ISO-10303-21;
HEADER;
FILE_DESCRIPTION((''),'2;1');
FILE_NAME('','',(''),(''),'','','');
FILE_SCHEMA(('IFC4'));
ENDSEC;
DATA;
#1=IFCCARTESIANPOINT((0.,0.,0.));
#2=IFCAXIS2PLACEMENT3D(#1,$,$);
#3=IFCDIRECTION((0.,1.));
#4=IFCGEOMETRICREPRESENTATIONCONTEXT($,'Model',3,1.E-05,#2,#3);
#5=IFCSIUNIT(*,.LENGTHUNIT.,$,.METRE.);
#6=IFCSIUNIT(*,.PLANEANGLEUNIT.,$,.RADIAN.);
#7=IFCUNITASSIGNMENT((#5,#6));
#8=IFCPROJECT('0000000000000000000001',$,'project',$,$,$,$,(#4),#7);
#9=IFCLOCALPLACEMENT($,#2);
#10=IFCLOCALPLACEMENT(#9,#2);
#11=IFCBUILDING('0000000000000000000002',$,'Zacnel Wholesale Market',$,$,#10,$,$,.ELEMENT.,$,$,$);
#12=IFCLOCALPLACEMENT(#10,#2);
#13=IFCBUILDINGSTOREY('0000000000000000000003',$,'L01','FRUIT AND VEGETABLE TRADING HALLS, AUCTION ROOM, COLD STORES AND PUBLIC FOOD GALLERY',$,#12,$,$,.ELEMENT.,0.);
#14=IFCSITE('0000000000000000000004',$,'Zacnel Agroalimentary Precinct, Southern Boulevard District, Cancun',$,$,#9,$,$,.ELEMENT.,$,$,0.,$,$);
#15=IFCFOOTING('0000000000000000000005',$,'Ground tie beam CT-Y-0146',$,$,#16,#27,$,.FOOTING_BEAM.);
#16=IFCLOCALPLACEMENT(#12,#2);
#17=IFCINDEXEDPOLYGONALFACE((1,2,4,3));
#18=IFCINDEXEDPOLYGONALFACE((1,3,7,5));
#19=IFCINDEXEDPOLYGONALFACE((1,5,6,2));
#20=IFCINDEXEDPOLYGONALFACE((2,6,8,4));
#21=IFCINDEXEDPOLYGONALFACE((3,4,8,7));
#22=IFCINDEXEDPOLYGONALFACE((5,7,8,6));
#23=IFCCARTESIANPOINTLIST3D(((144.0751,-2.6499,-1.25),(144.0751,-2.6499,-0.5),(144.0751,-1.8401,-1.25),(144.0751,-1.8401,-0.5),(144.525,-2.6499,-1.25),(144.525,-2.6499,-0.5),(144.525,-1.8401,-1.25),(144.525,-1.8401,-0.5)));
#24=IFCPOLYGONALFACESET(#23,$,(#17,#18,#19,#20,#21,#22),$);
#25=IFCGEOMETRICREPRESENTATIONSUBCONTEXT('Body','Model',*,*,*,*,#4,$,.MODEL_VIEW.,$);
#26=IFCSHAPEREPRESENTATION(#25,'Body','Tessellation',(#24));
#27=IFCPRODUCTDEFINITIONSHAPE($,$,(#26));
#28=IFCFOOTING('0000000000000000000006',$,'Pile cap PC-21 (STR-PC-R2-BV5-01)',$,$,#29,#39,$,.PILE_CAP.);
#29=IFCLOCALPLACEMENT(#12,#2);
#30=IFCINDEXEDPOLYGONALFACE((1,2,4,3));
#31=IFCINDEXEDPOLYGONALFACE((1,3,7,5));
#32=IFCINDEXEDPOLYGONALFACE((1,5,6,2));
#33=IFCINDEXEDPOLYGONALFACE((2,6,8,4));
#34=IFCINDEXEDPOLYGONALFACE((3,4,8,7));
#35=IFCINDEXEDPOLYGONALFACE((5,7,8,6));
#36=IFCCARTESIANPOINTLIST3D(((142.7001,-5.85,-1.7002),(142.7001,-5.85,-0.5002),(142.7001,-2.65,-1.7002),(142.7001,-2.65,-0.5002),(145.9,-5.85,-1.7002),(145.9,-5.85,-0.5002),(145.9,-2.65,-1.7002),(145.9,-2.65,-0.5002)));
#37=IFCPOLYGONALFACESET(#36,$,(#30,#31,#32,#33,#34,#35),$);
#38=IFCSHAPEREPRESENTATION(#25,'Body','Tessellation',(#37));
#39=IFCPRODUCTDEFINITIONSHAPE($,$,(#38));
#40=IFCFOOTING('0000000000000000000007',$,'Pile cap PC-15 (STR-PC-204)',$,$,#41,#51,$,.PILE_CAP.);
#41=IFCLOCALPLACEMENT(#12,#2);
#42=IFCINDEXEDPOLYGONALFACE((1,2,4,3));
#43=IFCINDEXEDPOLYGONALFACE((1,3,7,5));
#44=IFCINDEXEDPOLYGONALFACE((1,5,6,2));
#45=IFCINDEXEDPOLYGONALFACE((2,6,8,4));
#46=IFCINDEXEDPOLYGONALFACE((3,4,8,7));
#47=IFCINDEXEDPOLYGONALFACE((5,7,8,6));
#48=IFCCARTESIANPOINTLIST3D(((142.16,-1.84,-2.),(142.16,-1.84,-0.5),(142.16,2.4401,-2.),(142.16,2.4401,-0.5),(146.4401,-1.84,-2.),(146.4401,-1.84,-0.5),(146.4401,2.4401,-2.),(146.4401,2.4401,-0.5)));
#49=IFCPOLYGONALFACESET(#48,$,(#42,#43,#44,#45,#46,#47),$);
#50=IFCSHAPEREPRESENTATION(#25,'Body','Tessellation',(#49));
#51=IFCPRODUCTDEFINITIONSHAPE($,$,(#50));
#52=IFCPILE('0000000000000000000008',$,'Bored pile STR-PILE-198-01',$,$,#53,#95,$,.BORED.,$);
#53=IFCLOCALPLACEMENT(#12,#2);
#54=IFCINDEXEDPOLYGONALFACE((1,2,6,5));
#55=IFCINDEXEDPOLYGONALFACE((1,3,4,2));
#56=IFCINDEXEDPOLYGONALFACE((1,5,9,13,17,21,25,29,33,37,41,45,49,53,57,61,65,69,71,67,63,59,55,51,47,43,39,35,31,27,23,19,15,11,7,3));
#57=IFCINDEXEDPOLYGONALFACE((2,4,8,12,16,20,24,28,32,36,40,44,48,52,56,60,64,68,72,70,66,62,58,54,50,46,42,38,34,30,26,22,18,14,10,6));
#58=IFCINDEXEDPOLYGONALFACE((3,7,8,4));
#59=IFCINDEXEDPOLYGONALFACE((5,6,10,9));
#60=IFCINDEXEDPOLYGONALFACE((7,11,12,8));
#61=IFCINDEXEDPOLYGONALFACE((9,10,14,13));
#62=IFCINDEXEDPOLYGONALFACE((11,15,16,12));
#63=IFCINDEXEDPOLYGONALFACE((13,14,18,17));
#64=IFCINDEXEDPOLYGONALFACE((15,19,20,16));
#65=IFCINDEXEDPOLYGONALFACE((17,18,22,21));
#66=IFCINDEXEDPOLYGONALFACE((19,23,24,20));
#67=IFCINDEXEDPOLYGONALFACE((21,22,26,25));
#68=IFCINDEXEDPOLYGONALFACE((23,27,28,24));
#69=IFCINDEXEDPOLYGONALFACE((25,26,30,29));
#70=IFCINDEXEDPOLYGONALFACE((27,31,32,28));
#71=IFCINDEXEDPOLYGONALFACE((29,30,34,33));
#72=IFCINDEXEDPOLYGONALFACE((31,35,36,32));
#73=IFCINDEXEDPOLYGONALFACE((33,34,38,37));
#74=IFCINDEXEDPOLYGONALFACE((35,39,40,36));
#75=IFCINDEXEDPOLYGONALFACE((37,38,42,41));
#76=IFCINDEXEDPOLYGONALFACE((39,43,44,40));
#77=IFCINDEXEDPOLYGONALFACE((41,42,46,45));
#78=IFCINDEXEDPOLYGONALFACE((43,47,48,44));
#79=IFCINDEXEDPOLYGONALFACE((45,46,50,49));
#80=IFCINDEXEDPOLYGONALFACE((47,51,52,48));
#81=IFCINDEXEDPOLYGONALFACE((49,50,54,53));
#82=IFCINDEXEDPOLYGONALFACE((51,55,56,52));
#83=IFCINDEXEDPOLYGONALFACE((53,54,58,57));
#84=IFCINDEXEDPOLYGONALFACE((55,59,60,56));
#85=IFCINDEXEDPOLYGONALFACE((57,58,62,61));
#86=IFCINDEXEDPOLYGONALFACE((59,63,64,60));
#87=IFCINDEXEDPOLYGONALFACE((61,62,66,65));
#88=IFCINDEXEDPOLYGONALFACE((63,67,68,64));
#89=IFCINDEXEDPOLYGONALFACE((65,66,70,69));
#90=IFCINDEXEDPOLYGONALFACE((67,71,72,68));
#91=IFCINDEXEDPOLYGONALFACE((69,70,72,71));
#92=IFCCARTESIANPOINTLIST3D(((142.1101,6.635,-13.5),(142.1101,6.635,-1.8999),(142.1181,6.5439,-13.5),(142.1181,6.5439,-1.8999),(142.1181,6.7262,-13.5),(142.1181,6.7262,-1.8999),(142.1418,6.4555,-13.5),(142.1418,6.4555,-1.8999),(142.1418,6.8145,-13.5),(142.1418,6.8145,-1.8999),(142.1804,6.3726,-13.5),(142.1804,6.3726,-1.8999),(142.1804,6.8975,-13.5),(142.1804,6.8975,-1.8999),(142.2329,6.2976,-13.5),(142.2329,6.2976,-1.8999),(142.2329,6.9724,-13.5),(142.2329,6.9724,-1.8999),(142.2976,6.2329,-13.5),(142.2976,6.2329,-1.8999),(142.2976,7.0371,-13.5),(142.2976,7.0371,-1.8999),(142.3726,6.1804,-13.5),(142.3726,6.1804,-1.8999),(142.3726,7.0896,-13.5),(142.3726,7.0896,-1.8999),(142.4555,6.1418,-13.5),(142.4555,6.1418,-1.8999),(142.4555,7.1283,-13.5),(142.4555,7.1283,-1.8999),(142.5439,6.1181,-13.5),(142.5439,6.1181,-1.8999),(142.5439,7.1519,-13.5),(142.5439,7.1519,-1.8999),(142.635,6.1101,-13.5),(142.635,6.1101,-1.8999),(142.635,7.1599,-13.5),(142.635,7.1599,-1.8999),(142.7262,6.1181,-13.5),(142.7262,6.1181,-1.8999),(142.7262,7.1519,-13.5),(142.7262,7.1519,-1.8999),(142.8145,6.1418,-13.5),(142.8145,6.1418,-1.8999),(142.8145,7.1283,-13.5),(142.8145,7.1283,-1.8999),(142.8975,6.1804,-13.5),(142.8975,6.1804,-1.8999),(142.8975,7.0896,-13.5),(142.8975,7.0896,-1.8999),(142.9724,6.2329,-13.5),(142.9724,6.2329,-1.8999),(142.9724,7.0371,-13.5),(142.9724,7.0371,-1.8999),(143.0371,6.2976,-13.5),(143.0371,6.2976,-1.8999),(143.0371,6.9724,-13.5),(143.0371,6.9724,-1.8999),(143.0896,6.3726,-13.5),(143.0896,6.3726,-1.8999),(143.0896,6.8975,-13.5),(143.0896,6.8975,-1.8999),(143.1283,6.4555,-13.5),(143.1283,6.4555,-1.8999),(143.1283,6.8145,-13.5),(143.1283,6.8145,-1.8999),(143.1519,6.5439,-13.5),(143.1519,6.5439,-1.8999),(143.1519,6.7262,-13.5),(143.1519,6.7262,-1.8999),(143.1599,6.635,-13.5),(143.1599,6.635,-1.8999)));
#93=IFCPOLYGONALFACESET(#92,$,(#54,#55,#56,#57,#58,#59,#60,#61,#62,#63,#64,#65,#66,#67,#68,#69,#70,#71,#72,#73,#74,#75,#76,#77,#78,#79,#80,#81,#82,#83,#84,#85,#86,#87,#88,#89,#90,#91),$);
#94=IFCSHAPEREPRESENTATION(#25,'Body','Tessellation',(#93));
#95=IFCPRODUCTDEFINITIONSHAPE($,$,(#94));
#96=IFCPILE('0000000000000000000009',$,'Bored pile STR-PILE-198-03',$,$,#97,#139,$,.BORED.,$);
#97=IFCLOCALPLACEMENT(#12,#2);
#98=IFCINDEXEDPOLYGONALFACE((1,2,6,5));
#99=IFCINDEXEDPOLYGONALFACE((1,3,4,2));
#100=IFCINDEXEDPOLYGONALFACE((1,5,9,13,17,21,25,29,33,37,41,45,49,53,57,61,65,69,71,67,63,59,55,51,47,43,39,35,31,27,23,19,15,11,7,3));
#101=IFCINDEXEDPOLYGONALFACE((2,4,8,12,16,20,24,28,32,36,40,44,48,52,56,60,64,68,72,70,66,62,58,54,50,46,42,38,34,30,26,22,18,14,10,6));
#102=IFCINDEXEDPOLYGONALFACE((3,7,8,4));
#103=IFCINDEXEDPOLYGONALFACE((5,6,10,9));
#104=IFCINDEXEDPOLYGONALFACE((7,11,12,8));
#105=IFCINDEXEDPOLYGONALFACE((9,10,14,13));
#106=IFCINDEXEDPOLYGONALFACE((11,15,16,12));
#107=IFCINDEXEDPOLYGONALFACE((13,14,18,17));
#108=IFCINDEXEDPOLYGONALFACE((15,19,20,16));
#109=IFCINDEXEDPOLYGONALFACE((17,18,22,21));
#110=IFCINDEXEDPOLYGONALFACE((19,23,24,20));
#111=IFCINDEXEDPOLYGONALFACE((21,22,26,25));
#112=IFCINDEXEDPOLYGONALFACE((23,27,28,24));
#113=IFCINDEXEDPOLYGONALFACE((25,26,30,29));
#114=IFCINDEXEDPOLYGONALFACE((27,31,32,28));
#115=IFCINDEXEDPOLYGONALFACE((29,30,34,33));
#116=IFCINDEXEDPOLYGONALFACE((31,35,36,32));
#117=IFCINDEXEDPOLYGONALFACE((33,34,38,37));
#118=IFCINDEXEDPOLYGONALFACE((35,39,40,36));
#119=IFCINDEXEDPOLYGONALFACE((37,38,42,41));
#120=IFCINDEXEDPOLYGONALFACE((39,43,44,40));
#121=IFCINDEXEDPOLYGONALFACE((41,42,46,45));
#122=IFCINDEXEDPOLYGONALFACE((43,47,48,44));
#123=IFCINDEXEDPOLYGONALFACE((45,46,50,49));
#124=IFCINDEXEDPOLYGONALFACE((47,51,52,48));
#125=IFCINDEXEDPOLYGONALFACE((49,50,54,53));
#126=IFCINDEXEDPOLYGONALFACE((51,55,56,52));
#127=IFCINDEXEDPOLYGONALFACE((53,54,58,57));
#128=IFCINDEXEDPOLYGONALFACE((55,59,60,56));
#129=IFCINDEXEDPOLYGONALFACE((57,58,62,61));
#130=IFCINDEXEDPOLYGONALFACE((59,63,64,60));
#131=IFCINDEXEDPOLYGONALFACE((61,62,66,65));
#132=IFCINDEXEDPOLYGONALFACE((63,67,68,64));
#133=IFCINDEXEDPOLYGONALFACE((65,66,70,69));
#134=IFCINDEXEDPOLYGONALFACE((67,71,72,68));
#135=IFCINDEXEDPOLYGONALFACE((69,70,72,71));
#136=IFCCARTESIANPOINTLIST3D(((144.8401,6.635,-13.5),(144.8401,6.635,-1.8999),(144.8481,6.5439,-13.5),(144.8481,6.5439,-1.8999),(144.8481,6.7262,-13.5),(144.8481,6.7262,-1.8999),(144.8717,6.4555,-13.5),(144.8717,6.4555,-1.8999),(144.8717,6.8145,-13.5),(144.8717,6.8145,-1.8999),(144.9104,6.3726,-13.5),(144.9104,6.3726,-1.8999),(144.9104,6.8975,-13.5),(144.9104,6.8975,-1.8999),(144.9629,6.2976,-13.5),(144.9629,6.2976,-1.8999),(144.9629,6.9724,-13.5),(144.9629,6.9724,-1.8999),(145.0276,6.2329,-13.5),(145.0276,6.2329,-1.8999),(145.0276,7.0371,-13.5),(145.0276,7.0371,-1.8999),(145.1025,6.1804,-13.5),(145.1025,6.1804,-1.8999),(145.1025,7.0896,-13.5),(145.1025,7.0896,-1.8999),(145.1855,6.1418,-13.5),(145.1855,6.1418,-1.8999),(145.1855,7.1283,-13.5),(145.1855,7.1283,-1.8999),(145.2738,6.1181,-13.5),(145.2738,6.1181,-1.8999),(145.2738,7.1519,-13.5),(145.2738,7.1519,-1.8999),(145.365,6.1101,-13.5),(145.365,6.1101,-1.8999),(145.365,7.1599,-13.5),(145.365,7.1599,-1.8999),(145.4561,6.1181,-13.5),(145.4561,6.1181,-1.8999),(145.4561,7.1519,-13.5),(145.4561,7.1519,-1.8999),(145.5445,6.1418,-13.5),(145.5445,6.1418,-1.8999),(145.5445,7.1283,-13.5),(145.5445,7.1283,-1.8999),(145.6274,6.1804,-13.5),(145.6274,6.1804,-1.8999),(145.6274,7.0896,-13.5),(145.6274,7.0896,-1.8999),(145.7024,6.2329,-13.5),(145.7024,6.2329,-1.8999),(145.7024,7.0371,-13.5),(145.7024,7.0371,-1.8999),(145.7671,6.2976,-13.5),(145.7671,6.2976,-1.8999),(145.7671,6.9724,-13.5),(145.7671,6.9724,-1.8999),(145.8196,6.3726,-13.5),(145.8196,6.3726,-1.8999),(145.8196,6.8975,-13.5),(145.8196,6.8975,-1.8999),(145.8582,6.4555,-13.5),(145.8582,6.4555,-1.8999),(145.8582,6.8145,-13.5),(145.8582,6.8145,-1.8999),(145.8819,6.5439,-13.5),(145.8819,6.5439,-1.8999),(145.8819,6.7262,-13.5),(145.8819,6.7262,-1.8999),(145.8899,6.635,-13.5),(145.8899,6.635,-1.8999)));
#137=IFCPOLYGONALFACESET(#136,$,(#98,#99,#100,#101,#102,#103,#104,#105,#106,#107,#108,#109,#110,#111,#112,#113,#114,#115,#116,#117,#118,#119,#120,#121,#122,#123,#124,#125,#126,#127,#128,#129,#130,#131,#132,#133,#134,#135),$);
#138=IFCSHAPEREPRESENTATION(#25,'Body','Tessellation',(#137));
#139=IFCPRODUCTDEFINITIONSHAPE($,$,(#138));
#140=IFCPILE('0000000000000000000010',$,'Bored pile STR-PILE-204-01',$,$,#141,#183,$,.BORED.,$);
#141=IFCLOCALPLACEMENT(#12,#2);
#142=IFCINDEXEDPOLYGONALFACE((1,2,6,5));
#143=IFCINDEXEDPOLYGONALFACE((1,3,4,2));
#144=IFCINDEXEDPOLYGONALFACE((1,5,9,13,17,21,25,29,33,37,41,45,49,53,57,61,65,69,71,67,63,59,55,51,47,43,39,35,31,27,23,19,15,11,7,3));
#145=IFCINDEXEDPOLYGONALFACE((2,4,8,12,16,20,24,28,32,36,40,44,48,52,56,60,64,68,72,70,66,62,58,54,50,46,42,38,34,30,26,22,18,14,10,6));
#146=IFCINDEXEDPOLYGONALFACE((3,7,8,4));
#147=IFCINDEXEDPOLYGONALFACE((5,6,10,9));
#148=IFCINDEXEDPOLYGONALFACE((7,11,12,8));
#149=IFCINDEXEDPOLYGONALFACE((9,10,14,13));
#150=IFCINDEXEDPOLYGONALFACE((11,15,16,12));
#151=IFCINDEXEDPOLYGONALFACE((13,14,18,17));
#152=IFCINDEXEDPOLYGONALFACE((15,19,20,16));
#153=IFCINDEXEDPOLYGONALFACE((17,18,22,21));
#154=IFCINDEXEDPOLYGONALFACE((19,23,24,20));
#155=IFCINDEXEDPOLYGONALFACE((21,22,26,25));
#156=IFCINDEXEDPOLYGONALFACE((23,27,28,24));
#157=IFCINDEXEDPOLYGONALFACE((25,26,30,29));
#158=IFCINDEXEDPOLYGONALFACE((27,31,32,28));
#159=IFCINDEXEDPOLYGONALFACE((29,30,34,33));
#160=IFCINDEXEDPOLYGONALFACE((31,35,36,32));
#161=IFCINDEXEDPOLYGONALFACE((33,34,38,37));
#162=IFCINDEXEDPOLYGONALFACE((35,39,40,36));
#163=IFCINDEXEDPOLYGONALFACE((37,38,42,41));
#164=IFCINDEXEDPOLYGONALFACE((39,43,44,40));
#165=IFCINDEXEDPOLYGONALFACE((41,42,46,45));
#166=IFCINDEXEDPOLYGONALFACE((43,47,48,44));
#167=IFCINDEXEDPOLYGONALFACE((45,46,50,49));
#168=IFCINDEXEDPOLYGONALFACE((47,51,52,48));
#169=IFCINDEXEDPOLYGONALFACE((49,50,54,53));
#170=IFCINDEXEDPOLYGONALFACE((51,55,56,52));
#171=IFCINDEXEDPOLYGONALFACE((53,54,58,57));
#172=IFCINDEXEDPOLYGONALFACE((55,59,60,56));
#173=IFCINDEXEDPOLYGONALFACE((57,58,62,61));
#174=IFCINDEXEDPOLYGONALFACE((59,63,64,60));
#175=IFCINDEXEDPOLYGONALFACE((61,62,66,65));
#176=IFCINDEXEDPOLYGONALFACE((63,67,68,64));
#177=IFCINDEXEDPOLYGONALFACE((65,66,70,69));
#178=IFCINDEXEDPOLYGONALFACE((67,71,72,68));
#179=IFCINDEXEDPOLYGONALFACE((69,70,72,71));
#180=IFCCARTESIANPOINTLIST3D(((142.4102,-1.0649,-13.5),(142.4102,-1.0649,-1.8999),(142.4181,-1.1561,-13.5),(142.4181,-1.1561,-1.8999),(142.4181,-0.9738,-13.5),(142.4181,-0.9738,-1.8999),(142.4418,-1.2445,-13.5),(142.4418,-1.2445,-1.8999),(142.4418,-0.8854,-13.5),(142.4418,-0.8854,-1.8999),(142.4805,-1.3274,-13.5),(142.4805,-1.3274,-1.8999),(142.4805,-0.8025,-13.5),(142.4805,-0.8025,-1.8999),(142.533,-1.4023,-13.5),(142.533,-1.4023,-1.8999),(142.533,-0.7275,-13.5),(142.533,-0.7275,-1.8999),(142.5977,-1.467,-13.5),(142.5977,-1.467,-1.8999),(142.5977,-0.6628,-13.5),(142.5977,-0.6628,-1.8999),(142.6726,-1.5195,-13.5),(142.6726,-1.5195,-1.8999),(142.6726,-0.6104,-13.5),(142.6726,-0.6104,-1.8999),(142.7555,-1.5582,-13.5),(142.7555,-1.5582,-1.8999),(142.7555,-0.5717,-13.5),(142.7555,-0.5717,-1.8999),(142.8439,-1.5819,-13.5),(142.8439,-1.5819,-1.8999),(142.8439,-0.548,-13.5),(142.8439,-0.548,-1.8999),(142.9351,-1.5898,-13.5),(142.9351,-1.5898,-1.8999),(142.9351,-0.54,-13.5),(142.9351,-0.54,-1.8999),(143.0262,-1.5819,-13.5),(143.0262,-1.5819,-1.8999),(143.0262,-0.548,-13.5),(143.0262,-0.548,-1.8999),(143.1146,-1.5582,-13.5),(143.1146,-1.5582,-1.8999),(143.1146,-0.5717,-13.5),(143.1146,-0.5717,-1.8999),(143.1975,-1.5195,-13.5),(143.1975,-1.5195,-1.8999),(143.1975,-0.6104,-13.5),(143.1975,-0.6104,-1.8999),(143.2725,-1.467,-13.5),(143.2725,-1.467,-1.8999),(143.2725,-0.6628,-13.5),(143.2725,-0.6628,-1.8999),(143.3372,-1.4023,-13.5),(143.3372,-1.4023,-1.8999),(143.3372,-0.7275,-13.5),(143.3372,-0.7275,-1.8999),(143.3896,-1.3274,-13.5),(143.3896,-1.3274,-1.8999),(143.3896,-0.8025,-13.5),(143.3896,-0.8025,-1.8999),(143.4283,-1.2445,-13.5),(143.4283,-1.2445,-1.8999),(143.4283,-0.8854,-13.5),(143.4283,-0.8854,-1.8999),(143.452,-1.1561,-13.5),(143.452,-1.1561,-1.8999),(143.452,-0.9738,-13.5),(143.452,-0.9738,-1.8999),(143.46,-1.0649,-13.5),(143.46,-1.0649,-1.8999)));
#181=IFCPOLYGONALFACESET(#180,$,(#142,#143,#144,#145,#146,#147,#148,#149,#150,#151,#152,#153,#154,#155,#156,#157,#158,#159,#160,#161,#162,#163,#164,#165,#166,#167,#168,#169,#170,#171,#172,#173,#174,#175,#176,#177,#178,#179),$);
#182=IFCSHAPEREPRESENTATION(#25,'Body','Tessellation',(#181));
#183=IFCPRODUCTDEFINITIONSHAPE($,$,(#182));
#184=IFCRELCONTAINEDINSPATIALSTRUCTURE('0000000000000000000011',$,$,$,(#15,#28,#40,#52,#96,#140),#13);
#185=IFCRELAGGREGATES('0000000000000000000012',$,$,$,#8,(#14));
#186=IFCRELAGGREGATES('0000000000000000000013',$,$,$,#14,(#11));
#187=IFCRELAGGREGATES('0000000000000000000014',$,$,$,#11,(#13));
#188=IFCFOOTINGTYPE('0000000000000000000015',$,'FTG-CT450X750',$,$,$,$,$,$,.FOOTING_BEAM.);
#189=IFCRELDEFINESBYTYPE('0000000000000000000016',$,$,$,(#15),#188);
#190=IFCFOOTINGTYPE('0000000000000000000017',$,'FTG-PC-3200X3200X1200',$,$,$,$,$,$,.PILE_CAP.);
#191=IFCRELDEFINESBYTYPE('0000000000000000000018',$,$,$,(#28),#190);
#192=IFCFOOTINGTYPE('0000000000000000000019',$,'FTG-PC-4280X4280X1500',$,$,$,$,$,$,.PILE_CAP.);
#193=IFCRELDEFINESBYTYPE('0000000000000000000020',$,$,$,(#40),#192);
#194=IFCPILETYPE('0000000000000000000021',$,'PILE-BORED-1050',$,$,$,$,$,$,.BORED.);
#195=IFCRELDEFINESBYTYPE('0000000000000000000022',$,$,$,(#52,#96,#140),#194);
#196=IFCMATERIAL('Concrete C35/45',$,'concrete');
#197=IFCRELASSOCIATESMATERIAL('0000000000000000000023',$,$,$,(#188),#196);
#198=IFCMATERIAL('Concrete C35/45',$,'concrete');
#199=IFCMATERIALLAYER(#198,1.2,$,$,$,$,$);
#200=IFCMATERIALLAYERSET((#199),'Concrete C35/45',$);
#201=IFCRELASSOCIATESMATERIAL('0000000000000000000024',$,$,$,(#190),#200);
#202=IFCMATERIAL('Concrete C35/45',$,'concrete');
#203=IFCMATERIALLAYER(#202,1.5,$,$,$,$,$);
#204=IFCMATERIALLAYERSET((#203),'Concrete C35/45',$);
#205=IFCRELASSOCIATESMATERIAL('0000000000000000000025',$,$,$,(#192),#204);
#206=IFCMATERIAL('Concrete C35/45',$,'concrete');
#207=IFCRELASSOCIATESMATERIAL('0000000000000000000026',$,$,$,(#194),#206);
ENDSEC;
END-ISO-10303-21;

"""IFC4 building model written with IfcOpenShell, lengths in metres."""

from ifc_helpers import new_model, si_unit, direction, frame, origin, origin_2d, place, context, subcontext, project, spatial, rectangle, circle, extrude, material, layer, layer_set, material_profile, profile_set, type_object, element, save


model = new_model("IFC4")

# Units and contexts
model_context = context("Model", 3, precision=1e-05, world=origin(), true_north=direction((0.0, 1.0)))
body_context = subcontext(model_context, "Body", "Model", "MODEL_VIEW")
ifc_project = project(units=[si_unit("LENGTHUNIT", "METRE"), si_unit("PLANEANGLEUNIT", "RADIAN")], contexts=[model_context])

# Site, building, storey
site_placement = place(None, origin())
site = spatial("IfcSite", under=ifc_project, at=site_placement, Name="Zacnel Agroalimentary Precinct, Southern Boulevard District, Cancun", CompositionType="ELEMENT", RefElevation=0.0)
building_placement = place(site_placement, origin())
building = spatial("IfcBuilding", under=site, at=building_placement, Name="Zacnel Wholesale Market", CompositionType="ELEMENT")
storey_placement = place(building_placement, origin())
storey = spatial("IfcBuildingStorey", under=building, at=storey_placement, Name="L01", Description="FRUIT AND VEGETABLE TRADING HALLS, AUCTION ROOM, COLD STORES AND PUBLIC FOOD GALLERY", CompositionType="ELEMENT", Elevation=0.0)

# Footings
ifc_material_1 = material(Name="Concrete C35/45", Category="concrete")
ifc_material_profile_1 = material_profile(ifc_material_1, rectangle(XDim=0.45, YDim=0.75, at=origin_2d()), Name="CT 450x750")
ifc_profile_set_1 = profile_set([ifc_material_profile_1], Name="Concrete C35/45")
footing_type_1 = type_object("IfcFootingType", Name="FTG-CT450X750", PredefinedType="FOOTING_BEAM", material=ifc_profile_set_1)
footing_1_placement = place(storey_placement, frame((144.3, -2.6499, -0.875), z_axis=(0.0, 1.0, 0.0), x_axis=(-1.0, 0.0, 0.0)))
element("IfcFooting", 1, at=footing_1_placement, inside=storey, type_object=footing_type_1, Name="Ground tie beam CT-Y-0146", PredefinedType="FOOTING_BEAM", context=body_context, shape_type="SweptSolid", body=[
    extrude(rectangle(XDim=0.45, YDim=0.75, at=origin_2d()), origin(), (0.0, 0.0, 1.0), 0.8098),
])
ifc_material_2 = material(Name="Concrete C35/45", Category="concrete")
ifc_layer_1 = layer(ifc_material_2, 1.2)
ifc_layer_set_1 = layer_set([ifc_layer_1], Name="Concrete C35/45")
footing_type_2 = type_object("IfcFootingType", Name="FTG-PC-3200X3200X1200", PredefinedType="PILE_CAP", material=ifc_layer_set_1)
footing_2_placement = place(storey_placement, frame((144.3, -4.25, -1.7002), z_axis=(0.0, 0.0, 1.0), x_axis=(1.0, 0.0, 0.0)))
element("IfcFooting", 2, at=footing_2_placement, inside=storey, type_object=footing_type_2, Name="Pile cap PC-21 (STR-PC-R2-BV5-01)", PredefinedType="PILE_CAP", context=body_context, shape_type="SweptSolid", body=[
    extrude(rectangle(XDim=3.2, YDim=3.2, at=origin_2d()), origin(), (0.0, 0.0, 1.0), 1.2),
])
ifc_material_3 = material(Name="Concrete C35/45", Category="concrete")
ifc_layer_2 = layer(ifc_material_3, 1.5)
ifc_layer_set_2 = layer_set([ifc_layer_2], Name="Concrete C35/45")
footing_type_3 = type_object("IfcFootingType", Name="FTG-PC-4280X4280X1500", PredefinedType="PILE_CAP", material=ifc_layer_set_2)
footing_3_placement = place(storey_placement, frame((144.3, 0.3, -2.0), z_axis=(0.0, 0.0, 1.0), x_axis=(1.0, 0.0, 0.0)))
element("IfcFooting", 3, at=footing_3_placement, inside=storey, type_object=footing_type_3, Name="Pile cap PC-15 (STR-PC-204)", PredefinedType="PILE_CAP", context=body_context, shape_type="SweptSolid", body=[
    extrude(rectangle(XDim=4.28, YDim=4.28, at=origin_2d()), origin(), (0.0, 0.0, 1.0), 1.5),
])

# Piles
ifc_material_4 = material(Name="Concrete C35/45", Category="concrete")
ifc_material_profile_2 = material_profile(ifc_material_4, circle(Radius=0.5249, at=origin_2d()), Name="BORED PILE D1050")
ifc_profile_set_2 = profile_set([ifc_material_profile_2], Name="Concrete C35/45")
pile_type_1 = type_object("IfcPileType", Name="PILE-BORED-1050", PredefinedType="BORED", material=ifc_profile_set_2)
for number, where, z_axis, x_axis, name in (
    (4, (142.635, 6.635, -1.8999), (0.0, 0.0, -1.0), (1.0, 0.0, 0.0), "Bored pile STR-PILE-198-01"),
    (5, (145.365, 6.635, -1.8999), (0.0, 0.0, -1.0), (1.0, 0.0, 0.0), "Bored pile STR-PILE-198-03"),
    (6, (142.9351, -1.0649, -1.8999), (0.0, 0.0, -1.0), (1.0, 0.0, 0.0), "Bored pile STR-PILE-204-01"),
):
    element("IfcPile", number, at=place(storey_placement, frame(where, z_axis=z_axis, x_axis=x_axis)), inside=storey, type_object=pile_type_1, Name=name, PredefinedType="BORED", context=body_context, shape_type="SweptSolid", body=[
        extrude(circle(Radius=0.5249, at=origin_2d()), origin(), (0.0, 0.0, 1.0), 11.6001),
    ])

save(model, "model.ifc")
